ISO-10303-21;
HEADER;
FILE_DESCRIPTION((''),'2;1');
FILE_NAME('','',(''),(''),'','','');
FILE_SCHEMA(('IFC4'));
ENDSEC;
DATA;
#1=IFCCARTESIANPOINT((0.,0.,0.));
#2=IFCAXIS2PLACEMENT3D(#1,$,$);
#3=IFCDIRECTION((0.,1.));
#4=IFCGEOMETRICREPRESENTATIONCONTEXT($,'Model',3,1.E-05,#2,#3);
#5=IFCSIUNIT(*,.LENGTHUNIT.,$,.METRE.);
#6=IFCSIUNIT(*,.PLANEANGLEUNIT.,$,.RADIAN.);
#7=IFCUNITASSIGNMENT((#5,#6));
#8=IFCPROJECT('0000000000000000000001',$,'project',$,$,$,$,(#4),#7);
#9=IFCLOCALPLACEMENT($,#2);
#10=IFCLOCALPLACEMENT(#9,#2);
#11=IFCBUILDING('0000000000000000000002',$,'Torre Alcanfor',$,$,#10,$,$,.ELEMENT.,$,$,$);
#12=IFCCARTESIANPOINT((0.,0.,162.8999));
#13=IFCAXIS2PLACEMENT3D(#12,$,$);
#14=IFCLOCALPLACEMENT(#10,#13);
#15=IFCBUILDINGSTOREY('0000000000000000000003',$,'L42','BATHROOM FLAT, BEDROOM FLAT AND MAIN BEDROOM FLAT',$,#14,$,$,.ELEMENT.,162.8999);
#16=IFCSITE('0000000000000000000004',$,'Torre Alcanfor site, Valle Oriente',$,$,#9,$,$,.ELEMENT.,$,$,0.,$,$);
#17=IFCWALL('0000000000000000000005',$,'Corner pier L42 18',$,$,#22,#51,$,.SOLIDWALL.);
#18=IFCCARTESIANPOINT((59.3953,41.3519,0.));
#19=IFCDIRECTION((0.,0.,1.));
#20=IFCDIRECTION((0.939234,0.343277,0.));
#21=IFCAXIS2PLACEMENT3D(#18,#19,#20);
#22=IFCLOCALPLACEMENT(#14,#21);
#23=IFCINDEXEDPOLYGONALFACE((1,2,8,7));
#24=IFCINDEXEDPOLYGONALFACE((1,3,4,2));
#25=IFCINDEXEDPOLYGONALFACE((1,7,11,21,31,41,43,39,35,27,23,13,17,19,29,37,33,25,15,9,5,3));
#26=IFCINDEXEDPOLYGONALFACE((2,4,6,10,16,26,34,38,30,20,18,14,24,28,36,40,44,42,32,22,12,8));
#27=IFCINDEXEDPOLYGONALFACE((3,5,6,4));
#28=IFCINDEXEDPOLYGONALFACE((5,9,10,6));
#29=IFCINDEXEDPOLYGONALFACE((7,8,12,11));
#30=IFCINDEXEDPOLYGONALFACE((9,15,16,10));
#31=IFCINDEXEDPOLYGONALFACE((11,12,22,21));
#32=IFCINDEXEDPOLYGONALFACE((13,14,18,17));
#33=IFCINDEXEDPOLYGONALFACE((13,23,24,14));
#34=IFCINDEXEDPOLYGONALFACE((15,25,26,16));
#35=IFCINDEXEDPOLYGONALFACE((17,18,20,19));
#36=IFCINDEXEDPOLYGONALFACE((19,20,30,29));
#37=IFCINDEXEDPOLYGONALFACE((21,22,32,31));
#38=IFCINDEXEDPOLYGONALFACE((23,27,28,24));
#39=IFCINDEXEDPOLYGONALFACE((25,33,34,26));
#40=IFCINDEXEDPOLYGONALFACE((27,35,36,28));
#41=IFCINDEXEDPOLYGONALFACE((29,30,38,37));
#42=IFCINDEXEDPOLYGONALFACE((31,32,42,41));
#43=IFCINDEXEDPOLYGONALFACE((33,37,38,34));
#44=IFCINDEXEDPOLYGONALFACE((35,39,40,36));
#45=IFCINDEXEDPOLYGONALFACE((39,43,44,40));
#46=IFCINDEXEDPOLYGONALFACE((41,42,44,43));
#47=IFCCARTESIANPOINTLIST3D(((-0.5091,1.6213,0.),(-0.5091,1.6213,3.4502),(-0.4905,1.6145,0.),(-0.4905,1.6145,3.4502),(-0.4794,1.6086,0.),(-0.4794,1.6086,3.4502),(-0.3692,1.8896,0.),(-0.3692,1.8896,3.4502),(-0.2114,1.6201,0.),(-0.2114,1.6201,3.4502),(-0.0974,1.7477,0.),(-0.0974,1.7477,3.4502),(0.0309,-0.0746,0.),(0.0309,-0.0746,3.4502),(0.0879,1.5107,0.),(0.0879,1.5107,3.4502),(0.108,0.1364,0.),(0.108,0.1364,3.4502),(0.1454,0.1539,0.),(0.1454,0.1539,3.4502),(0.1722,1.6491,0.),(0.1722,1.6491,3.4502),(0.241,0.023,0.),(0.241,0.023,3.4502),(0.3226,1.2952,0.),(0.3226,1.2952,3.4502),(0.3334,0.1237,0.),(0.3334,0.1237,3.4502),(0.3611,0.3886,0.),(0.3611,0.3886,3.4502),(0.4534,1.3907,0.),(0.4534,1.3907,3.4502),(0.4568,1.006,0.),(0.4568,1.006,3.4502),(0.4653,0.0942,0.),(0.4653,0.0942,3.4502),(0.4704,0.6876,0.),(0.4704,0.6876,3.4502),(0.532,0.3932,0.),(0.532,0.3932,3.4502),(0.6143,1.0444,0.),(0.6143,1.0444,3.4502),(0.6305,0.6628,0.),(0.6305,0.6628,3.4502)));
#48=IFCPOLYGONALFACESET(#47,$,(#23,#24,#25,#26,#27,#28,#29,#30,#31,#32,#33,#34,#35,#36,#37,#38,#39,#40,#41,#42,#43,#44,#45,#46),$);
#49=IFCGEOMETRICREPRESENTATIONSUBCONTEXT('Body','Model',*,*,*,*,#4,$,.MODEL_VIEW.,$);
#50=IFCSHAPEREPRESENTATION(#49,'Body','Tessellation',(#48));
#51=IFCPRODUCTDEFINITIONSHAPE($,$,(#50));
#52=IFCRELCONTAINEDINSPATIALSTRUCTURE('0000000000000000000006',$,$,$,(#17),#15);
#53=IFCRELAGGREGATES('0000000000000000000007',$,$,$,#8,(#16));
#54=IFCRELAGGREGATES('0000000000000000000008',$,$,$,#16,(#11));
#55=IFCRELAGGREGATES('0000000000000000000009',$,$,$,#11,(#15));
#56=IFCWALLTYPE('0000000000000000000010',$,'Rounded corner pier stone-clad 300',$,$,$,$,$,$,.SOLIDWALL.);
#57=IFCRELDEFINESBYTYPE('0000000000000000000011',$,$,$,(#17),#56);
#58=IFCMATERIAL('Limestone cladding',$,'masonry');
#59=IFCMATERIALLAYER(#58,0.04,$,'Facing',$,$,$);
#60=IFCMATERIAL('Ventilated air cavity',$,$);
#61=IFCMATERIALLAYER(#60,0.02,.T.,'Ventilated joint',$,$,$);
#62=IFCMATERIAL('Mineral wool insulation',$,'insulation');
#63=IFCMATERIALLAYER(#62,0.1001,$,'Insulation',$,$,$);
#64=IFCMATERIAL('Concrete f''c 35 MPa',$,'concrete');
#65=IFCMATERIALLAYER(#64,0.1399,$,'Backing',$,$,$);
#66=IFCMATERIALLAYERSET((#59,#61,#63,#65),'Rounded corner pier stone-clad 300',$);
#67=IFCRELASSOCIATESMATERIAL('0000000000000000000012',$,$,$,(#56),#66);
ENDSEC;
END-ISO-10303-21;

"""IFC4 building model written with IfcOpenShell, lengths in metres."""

from ifc_helpers import new_model, si_unit, direction, frame, origin, place, context, subcontext, project, spatial, polyline, outline, extrude, material, layer, layer_set, type_object, element, save


model = new_model("IFC4")

# Units and contexts
model_context = context("Model", 3, precision=1e-05, world=origin(), true_north=direction((0.0, 1.0)))
body_context = subcontext(model_context, "Body", "Model", "MODEL_VIEW")
ifc_project = project(units=[si_unit("LENGTHUNIT", "METRE"), si_unit("PLANEANGLEUNIT", "RADIAN")], contexts=[model_context])

# Site, building, storey
site_placement = place(None, origin())
site = spatial("IfcSite", under=ifc_project, at=site_placement, Name="Torre Alcanfor site, Valle Oriente", CompositionType="ELEMENT", RefElevation=0.0)
building_placement = place(site_placement, origin())
building = spatial("IfcBuilding", under=site, at=building_placement, Name="Torre Alcanfor", CompositionType="ELEMENT")
storey_placement = place(building_placement, frame((0.0, 0.0, 162.8999)))
storey = spatial("IfcBuildingStorey", under=building, at=storey_placement, Name="L42", Description="BATHROOM FLAT, BEDROOM FLAT AND MAIN BEDROOM FLAT", CompositionType="ELEMENT", Elevation=162.8999)

# Shared definitions
ifc_material_1 = material(Name="Limestone cladding", Category="masonry")
ifc_material_2 = material(Name="Ventilated air cavity")
ifc_material_3 = material(Name="Mineral wool insulation", Category="insulation")
ifc_material_4 = material(Name="Concrete f'c 35 MPa", Category="concrete")

# Wall
ifc_layer_1 = layer(ifc_material_1, 0.04, Name="Facing")
ifc_layer_2 = layer(ifc_material_2, 0.02, ventilated=True, Name="Ventilated joint")
ifc_layer_3 = layer(ifc_material_3, 0.1001, Name="Insulation")
ifc_layer_4 = layer(ifc_material_4, 0.1399, Name="Backing")
ifc_layer_set_1 = layer_set([ifc_layer_1, ifc_layer_2, ifc_layer_3, ifc_layer_4], Name="Rounded corner pier stone-clad 300")
wall_type_1 = type_object("IfcWallType", Name="Rounded corner pier stone-clad 300", PredefinedType="SOLIDWALL", material=ifc_layer_set_1)
wall_1_placement = place(storey_placement, frame((59.3953, 41.3519, 0.0), z_axis=(0.0, 0.0, 1.0), x_axis=(0.939234, 0.343277, 0.0)))
element("IfcWall", 1, at=wall_1_placement, inside=storey, type_object=wall_type_1, Name="Corner pier L42 18", PredefinedType="SOLIDWALL", context=body_context, shape_type="SweptSolid", body=[
    extrude(outline(polyline([(0.532, 0.3932), (0.6305, 0.6628), (0.6143, 1.0444), (0.4534, 1.3907), (0.1722, 1.6491), (-0.0974, 1.7477), (-0.3692, 1.8896), (-0.5091, 1.6213), (-0.4905, 1.6145), (-0.4794, 1.6086), (-0.2114, 1.6201), (0.0879, 1.5107), (0.3226, 1.2952), (0.4568, 1.006), (0.4704, 0.6876), (0.3611, 0.3886), (0.1454, 0.1539), (0.108, 0.1364), (0.0309, -0.0746), (0.241, 0.023), (0.3334, 0.1237), (0.4653, 0.0942), (0.532, 0.3932)])), origin(), (0.0, 0.0, 1.0), 3.4502),
])

save(model, "model.ifc")
